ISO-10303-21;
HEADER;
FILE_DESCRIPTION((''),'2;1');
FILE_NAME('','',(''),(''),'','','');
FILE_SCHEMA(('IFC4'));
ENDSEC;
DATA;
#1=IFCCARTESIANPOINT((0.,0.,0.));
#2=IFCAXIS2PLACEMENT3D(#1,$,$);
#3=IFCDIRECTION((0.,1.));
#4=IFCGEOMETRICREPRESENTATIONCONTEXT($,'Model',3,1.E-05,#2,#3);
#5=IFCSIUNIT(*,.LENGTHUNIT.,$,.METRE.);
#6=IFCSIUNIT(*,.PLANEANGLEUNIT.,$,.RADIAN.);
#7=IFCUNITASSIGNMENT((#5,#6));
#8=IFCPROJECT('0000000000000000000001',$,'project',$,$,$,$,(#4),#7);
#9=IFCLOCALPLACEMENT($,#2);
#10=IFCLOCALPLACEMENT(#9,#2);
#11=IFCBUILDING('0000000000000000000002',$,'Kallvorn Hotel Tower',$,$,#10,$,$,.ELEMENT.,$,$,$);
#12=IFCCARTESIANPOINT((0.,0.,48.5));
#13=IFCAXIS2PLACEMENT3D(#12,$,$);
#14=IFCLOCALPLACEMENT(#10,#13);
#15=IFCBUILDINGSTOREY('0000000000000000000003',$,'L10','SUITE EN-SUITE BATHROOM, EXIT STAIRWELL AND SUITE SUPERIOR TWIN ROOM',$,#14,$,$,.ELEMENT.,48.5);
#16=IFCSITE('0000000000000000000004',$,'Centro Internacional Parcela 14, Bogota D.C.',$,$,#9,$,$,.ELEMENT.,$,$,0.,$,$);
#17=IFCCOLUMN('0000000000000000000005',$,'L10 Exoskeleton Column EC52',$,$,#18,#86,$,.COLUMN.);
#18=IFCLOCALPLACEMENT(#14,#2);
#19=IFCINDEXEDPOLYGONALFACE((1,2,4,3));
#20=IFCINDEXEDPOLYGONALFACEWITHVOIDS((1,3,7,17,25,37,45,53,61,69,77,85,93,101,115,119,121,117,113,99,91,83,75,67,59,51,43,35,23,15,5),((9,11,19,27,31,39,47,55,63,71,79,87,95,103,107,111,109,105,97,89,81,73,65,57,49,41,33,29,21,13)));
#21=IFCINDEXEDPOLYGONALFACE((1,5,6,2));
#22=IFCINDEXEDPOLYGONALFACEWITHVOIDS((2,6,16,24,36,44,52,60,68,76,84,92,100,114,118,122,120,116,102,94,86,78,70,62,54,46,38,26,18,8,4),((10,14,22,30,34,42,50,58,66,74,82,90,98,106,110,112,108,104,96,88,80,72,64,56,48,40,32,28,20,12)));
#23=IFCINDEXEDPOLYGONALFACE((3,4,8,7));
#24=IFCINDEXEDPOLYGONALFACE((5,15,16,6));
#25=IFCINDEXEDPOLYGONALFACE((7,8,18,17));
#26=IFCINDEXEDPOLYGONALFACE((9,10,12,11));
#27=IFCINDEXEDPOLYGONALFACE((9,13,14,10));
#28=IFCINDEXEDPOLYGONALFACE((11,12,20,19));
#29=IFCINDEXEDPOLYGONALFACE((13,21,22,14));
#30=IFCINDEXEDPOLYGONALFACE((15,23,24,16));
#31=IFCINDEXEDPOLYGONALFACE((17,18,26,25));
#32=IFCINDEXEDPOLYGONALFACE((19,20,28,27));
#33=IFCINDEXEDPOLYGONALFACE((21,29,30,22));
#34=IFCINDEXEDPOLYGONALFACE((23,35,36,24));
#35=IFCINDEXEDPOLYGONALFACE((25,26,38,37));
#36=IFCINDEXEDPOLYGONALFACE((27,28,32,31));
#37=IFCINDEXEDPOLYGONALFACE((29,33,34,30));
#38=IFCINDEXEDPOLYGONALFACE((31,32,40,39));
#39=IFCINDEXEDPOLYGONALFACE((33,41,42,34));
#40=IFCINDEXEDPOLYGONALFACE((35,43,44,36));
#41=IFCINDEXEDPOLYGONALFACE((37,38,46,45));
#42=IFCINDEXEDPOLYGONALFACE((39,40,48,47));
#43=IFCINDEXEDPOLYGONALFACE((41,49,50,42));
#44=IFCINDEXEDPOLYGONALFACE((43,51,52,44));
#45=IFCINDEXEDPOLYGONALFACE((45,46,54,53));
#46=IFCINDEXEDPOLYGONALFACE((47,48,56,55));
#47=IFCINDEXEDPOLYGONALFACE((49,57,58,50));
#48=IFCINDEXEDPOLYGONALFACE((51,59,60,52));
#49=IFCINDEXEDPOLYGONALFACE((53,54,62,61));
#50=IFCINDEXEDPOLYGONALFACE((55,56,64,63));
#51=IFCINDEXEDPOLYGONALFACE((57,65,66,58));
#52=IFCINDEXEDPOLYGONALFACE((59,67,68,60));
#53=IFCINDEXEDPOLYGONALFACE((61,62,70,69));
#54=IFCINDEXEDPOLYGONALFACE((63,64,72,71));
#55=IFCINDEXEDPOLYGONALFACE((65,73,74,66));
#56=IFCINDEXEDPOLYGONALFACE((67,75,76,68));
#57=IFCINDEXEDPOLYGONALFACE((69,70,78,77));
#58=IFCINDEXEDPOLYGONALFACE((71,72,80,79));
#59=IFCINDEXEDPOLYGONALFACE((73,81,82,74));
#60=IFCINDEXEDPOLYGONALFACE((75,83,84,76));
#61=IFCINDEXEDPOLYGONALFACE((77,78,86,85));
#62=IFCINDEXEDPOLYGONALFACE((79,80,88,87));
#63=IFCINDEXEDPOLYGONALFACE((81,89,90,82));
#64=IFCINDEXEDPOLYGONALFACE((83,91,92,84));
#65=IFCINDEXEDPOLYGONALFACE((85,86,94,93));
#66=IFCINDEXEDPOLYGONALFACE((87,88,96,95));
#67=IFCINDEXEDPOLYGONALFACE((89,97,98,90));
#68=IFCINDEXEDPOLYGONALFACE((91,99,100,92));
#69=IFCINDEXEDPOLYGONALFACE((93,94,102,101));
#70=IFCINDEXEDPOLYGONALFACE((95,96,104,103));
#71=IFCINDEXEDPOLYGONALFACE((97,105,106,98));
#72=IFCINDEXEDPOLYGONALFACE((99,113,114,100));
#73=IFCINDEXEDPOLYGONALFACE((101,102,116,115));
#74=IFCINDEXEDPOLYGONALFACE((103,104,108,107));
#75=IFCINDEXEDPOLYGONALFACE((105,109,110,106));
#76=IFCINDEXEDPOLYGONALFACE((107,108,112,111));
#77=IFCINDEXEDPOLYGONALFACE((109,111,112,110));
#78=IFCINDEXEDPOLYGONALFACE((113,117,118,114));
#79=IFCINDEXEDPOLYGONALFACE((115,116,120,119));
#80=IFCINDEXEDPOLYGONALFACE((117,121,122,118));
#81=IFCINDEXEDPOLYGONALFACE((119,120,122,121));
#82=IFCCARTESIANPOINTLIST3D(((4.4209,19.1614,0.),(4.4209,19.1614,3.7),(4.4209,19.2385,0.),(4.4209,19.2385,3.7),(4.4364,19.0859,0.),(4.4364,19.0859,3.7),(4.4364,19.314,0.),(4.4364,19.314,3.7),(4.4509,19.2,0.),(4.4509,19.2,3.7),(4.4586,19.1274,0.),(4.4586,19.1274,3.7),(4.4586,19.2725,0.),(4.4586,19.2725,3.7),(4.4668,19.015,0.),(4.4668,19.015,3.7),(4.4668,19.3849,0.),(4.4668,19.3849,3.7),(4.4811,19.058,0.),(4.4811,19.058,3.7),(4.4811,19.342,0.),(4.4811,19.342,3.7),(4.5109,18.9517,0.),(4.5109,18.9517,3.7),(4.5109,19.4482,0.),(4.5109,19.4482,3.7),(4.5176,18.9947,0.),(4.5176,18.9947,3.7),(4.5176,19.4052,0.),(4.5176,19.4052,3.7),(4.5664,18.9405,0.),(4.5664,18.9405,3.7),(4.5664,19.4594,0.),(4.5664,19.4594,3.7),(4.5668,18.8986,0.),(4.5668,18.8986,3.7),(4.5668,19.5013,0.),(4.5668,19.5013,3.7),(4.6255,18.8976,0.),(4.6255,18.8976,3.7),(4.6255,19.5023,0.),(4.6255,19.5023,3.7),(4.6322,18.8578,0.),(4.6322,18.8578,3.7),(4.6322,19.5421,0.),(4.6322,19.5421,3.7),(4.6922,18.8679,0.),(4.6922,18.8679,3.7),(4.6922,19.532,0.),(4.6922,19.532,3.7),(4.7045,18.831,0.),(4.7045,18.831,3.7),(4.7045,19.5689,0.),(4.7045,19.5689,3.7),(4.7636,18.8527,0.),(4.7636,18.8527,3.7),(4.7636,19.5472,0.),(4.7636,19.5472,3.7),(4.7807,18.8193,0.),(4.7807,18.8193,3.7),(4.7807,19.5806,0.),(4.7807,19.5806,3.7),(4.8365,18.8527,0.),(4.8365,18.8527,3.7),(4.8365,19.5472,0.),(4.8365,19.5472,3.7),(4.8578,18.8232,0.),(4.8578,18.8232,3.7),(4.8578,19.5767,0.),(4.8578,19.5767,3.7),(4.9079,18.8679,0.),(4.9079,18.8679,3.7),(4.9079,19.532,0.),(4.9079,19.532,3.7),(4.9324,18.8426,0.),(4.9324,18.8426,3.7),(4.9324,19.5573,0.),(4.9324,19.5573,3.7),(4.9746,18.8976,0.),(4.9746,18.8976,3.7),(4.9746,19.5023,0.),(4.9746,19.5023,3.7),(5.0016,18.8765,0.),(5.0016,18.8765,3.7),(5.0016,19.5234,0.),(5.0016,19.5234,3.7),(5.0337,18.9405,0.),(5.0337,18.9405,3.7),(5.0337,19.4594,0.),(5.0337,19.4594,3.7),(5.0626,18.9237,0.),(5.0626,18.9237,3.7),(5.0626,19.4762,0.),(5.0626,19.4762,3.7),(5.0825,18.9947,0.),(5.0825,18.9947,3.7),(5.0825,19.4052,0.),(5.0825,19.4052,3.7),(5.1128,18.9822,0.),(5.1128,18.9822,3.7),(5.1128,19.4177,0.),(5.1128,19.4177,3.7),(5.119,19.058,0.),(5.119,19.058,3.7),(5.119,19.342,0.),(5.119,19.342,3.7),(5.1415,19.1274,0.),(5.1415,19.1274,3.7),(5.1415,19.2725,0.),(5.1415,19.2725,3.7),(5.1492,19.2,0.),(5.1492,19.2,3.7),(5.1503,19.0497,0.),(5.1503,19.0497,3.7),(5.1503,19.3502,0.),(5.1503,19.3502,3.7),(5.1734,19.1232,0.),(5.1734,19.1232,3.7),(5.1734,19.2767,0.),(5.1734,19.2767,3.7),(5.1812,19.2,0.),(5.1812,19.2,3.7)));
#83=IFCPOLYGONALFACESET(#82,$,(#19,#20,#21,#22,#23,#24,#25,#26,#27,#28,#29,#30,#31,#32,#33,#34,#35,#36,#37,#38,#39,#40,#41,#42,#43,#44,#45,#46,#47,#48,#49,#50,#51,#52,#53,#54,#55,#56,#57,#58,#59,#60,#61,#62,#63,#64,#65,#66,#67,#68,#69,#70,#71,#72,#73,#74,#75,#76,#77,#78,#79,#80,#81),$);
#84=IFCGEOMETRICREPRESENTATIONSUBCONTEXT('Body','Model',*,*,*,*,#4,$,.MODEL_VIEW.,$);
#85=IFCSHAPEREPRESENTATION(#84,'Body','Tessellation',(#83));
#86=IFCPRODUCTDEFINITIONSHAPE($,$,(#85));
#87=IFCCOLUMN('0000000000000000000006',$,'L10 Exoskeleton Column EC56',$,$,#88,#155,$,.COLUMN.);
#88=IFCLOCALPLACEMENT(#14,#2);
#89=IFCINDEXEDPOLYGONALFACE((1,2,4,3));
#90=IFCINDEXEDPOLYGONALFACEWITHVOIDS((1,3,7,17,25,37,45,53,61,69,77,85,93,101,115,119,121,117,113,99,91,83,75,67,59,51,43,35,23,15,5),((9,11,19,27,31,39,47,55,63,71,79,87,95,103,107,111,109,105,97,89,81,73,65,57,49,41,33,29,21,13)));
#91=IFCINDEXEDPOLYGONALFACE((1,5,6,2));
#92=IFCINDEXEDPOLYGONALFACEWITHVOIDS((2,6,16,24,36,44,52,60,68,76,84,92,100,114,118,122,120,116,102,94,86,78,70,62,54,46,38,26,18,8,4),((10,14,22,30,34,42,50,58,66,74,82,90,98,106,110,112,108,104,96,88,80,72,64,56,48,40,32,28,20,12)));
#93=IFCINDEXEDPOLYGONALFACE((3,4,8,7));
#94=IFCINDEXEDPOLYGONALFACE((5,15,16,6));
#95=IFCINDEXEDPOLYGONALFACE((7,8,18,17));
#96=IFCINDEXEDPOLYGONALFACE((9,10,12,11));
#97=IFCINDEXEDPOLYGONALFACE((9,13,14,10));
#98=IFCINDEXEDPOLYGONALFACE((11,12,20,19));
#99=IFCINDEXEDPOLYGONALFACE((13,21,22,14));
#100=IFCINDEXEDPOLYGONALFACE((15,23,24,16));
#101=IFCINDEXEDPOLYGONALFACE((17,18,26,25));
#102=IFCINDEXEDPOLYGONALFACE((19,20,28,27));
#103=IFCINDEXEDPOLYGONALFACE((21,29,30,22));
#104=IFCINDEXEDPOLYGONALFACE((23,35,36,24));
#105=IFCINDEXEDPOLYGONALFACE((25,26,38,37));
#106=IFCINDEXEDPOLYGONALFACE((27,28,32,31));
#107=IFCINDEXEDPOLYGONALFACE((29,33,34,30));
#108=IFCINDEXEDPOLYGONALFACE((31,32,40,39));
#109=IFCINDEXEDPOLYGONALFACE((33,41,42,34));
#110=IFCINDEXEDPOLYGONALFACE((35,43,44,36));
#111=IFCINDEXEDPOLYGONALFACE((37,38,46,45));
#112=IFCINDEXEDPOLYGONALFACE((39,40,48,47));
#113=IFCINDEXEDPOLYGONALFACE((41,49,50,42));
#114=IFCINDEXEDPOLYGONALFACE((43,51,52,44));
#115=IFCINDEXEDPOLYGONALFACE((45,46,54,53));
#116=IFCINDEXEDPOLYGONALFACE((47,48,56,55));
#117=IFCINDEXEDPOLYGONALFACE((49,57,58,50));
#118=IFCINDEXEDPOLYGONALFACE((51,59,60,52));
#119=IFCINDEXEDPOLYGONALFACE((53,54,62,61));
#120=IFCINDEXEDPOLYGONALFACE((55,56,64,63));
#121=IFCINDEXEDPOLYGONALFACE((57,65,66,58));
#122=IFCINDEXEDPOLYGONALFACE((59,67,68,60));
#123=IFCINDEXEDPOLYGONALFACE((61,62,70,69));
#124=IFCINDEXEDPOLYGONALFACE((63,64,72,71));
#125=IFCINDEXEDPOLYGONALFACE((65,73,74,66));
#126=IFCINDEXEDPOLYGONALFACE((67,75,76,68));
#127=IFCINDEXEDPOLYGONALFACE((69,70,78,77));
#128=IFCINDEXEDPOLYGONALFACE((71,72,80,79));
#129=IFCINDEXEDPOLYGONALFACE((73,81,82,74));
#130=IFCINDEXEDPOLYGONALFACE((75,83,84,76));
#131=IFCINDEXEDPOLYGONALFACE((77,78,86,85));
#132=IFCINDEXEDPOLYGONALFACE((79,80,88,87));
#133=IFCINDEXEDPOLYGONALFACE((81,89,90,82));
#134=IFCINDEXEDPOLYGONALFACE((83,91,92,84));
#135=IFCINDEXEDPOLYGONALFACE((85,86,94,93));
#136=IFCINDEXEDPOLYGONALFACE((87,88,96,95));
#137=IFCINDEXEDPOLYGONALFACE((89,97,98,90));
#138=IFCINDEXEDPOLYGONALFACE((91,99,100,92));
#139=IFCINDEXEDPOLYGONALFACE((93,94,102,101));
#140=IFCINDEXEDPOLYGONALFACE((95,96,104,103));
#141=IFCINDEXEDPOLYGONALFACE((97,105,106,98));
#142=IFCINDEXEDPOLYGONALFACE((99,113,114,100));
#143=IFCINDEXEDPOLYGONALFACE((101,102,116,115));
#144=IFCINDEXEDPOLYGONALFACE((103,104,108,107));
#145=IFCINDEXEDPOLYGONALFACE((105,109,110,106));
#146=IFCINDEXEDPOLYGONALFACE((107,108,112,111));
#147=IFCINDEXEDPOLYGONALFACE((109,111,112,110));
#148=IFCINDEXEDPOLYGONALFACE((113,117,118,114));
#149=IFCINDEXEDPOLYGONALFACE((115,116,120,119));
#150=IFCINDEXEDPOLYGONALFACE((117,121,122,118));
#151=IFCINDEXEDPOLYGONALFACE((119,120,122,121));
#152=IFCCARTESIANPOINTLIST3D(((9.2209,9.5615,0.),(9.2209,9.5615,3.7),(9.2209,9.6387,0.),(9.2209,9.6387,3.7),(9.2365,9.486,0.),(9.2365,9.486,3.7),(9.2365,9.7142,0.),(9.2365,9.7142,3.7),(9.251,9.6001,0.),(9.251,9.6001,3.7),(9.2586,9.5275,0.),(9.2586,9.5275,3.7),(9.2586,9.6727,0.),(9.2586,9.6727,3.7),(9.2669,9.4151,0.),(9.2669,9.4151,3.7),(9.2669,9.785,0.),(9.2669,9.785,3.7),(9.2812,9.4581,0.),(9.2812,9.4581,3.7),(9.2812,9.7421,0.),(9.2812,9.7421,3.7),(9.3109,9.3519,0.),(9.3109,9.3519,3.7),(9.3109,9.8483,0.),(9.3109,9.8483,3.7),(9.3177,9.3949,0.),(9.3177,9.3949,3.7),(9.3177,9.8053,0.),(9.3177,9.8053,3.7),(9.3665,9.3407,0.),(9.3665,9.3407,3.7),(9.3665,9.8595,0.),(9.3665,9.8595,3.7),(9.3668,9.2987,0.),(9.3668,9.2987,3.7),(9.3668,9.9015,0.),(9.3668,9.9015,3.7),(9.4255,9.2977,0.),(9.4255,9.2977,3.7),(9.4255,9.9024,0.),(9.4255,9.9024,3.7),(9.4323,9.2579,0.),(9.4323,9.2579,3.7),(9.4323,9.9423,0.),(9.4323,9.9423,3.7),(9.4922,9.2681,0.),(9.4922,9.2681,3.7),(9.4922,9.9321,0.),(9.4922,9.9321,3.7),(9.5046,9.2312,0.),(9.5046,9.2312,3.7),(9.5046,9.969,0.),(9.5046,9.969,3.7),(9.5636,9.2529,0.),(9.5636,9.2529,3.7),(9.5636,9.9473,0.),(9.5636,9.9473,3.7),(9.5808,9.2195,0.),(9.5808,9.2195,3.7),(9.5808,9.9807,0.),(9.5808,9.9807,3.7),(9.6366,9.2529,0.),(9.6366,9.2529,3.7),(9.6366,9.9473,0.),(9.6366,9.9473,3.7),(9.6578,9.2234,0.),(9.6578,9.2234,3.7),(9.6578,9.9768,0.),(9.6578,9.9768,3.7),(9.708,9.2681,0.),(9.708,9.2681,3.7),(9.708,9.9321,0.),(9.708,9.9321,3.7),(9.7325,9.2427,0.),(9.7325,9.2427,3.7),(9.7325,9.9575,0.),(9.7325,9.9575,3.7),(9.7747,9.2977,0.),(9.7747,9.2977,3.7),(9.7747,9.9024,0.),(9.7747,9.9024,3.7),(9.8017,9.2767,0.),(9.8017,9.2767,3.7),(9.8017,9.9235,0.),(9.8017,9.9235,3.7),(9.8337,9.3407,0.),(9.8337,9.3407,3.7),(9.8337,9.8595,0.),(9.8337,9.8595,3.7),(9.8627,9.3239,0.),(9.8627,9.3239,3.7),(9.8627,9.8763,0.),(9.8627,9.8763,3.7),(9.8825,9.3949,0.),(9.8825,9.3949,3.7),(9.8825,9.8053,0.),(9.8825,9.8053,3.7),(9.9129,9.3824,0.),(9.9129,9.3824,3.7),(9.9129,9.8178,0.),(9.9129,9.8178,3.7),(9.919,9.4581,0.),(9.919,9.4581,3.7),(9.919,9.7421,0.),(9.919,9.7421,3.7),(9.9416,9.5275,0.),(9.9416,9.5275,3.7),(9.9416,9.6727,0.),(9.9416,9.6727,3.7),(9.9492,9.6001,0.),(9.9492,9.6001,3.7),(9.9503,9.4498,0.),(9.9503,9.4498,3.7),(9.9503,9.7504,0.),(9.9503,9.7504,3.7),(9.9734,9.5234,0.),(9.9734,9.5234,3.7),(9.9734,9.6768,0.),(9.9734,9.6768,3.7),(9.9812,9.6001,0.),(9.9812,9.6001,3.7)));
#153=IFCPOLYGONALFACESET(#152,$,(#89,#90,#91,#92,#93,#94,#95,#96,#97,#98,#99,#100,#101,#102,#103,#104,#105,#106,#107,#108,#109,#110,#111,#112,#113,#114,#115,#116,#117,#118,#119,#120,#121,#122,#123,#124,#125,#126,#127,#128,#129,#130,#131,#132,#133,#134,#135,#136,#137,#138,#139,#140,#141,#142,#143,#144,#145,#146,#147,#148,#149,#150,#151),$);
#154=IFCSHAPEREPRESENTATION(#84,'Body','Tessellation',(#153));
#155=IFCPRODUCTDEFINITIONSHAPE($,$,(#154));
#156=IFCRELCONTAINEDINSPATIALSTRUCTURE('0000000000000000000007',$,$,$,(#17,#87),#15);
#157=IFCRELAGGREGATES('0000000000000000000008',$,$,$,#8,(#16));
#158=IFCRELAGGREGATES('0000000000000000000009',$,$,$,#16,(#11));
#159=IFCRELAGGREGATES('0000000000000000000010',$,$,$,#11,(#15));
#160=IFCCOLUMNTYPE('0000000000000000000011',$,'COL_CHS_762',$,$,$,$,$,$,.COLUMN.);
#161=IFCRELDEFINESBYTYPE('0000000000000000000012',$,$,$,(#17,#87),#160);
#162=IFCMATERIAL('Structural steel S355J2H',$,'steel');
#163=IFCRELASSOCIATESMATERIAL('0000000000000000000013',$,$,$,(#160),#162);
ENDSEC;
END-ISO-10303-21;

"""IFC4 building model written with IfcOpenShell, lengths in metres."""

from ifc_helpers import new_model, si_unit, direction, frame, origin, origin_2d, place, context, subcontext, project, spatial, hollow_circle, extrude, material, material_profile, profile_set, type_object, element, save


model = new_model("IFC4")

# Units and contexts
model_context = context("Model", 3, precision=1e-05, world=origin(), true_north=direction((0.0, 1.0)))
body_context = subcontext(model_context, "Body", "Model", "MODEL_VIEW")
ifc_project = project(units=[si_unit("LENGTHUNIT", "METRE"), si_unit("PLANEANGLEUNIT", "RADIAN")], contexts=[model_context])

# Site, building, storey
site_placement = place(None, origin())
site = spatial("IfcSite", under=ifc_project, at=site_placement, Name="Centro Internacional Parcela 14, Bogota D.C.", CompositionType="ELEMENT", RefElevation=0.0)
building_placement = place(site_placement, origin())
building = spatial("IfcBuilding", under=site, at=building_placement, Name="Kallvorn Hotel Tower", CompositionType="ELEMENT")
storey_placement = place(building_placement, frame((0.0, 0.0, 48.5)))
storey = spatial("IfcBuildingStorey", under=building, at=storey_placement, Name="L10", Description="SUITE EN-SUITE BATHROOM, EXIT STAIRWELL AND SUITE SUPERIOR TWIN ROOM", CompositionType="ELEMENT", Elevation=48.5)

# Columns
ifc_material_1 = material(Name="Structural steel S355J2H", Category="steel")
ifc_material_profile_1 = material_profile(ifc_material_1, hollow_circle(Radius=0.3811, WallThickness=0.032, at=origin_2d()), Name="CHS 762x32")
ifc_profile_set_1 = profile_set([ifc_material_profile_1], Name="Structural steel S355J2H")
column_type_1 = type_object("IfcColumnType", Name="COL_CHS_762", PredefinedType="COLUMN", material=ifc_profile_set_1)
for number, where, z_axis, x_axis, name in (
    (1, (4.8, 19.2, 0.0), (0.0, 0.0, 1.0), (1.0, 0.0, 0.0), "L10 Exoskeleton Column EC52"),
    (2, (9.6001, 9.6001, 0.0), (0.0, 0.0, 1.0), (1.0, 0.0, 0.0), "L10 Exoskeleton Column EC56"),
):
    element("IfcColumn", number, at=place(storey_placement, frame(where, z_axis=z_axis, x_axis=x_axis)), inside=storey, type_object=column_type_1, Name=name, PredefinedType="COLUMN", context=body_context, shape_type="SweptSolid", body=[
        extrude(hollow_circle(Radius=0.3811, WallThickness=0.032, at=origin_2d()), origin(), (0.0, 0.0, 1.0), 3.7),
    ])

save(model, "model.ifc")
